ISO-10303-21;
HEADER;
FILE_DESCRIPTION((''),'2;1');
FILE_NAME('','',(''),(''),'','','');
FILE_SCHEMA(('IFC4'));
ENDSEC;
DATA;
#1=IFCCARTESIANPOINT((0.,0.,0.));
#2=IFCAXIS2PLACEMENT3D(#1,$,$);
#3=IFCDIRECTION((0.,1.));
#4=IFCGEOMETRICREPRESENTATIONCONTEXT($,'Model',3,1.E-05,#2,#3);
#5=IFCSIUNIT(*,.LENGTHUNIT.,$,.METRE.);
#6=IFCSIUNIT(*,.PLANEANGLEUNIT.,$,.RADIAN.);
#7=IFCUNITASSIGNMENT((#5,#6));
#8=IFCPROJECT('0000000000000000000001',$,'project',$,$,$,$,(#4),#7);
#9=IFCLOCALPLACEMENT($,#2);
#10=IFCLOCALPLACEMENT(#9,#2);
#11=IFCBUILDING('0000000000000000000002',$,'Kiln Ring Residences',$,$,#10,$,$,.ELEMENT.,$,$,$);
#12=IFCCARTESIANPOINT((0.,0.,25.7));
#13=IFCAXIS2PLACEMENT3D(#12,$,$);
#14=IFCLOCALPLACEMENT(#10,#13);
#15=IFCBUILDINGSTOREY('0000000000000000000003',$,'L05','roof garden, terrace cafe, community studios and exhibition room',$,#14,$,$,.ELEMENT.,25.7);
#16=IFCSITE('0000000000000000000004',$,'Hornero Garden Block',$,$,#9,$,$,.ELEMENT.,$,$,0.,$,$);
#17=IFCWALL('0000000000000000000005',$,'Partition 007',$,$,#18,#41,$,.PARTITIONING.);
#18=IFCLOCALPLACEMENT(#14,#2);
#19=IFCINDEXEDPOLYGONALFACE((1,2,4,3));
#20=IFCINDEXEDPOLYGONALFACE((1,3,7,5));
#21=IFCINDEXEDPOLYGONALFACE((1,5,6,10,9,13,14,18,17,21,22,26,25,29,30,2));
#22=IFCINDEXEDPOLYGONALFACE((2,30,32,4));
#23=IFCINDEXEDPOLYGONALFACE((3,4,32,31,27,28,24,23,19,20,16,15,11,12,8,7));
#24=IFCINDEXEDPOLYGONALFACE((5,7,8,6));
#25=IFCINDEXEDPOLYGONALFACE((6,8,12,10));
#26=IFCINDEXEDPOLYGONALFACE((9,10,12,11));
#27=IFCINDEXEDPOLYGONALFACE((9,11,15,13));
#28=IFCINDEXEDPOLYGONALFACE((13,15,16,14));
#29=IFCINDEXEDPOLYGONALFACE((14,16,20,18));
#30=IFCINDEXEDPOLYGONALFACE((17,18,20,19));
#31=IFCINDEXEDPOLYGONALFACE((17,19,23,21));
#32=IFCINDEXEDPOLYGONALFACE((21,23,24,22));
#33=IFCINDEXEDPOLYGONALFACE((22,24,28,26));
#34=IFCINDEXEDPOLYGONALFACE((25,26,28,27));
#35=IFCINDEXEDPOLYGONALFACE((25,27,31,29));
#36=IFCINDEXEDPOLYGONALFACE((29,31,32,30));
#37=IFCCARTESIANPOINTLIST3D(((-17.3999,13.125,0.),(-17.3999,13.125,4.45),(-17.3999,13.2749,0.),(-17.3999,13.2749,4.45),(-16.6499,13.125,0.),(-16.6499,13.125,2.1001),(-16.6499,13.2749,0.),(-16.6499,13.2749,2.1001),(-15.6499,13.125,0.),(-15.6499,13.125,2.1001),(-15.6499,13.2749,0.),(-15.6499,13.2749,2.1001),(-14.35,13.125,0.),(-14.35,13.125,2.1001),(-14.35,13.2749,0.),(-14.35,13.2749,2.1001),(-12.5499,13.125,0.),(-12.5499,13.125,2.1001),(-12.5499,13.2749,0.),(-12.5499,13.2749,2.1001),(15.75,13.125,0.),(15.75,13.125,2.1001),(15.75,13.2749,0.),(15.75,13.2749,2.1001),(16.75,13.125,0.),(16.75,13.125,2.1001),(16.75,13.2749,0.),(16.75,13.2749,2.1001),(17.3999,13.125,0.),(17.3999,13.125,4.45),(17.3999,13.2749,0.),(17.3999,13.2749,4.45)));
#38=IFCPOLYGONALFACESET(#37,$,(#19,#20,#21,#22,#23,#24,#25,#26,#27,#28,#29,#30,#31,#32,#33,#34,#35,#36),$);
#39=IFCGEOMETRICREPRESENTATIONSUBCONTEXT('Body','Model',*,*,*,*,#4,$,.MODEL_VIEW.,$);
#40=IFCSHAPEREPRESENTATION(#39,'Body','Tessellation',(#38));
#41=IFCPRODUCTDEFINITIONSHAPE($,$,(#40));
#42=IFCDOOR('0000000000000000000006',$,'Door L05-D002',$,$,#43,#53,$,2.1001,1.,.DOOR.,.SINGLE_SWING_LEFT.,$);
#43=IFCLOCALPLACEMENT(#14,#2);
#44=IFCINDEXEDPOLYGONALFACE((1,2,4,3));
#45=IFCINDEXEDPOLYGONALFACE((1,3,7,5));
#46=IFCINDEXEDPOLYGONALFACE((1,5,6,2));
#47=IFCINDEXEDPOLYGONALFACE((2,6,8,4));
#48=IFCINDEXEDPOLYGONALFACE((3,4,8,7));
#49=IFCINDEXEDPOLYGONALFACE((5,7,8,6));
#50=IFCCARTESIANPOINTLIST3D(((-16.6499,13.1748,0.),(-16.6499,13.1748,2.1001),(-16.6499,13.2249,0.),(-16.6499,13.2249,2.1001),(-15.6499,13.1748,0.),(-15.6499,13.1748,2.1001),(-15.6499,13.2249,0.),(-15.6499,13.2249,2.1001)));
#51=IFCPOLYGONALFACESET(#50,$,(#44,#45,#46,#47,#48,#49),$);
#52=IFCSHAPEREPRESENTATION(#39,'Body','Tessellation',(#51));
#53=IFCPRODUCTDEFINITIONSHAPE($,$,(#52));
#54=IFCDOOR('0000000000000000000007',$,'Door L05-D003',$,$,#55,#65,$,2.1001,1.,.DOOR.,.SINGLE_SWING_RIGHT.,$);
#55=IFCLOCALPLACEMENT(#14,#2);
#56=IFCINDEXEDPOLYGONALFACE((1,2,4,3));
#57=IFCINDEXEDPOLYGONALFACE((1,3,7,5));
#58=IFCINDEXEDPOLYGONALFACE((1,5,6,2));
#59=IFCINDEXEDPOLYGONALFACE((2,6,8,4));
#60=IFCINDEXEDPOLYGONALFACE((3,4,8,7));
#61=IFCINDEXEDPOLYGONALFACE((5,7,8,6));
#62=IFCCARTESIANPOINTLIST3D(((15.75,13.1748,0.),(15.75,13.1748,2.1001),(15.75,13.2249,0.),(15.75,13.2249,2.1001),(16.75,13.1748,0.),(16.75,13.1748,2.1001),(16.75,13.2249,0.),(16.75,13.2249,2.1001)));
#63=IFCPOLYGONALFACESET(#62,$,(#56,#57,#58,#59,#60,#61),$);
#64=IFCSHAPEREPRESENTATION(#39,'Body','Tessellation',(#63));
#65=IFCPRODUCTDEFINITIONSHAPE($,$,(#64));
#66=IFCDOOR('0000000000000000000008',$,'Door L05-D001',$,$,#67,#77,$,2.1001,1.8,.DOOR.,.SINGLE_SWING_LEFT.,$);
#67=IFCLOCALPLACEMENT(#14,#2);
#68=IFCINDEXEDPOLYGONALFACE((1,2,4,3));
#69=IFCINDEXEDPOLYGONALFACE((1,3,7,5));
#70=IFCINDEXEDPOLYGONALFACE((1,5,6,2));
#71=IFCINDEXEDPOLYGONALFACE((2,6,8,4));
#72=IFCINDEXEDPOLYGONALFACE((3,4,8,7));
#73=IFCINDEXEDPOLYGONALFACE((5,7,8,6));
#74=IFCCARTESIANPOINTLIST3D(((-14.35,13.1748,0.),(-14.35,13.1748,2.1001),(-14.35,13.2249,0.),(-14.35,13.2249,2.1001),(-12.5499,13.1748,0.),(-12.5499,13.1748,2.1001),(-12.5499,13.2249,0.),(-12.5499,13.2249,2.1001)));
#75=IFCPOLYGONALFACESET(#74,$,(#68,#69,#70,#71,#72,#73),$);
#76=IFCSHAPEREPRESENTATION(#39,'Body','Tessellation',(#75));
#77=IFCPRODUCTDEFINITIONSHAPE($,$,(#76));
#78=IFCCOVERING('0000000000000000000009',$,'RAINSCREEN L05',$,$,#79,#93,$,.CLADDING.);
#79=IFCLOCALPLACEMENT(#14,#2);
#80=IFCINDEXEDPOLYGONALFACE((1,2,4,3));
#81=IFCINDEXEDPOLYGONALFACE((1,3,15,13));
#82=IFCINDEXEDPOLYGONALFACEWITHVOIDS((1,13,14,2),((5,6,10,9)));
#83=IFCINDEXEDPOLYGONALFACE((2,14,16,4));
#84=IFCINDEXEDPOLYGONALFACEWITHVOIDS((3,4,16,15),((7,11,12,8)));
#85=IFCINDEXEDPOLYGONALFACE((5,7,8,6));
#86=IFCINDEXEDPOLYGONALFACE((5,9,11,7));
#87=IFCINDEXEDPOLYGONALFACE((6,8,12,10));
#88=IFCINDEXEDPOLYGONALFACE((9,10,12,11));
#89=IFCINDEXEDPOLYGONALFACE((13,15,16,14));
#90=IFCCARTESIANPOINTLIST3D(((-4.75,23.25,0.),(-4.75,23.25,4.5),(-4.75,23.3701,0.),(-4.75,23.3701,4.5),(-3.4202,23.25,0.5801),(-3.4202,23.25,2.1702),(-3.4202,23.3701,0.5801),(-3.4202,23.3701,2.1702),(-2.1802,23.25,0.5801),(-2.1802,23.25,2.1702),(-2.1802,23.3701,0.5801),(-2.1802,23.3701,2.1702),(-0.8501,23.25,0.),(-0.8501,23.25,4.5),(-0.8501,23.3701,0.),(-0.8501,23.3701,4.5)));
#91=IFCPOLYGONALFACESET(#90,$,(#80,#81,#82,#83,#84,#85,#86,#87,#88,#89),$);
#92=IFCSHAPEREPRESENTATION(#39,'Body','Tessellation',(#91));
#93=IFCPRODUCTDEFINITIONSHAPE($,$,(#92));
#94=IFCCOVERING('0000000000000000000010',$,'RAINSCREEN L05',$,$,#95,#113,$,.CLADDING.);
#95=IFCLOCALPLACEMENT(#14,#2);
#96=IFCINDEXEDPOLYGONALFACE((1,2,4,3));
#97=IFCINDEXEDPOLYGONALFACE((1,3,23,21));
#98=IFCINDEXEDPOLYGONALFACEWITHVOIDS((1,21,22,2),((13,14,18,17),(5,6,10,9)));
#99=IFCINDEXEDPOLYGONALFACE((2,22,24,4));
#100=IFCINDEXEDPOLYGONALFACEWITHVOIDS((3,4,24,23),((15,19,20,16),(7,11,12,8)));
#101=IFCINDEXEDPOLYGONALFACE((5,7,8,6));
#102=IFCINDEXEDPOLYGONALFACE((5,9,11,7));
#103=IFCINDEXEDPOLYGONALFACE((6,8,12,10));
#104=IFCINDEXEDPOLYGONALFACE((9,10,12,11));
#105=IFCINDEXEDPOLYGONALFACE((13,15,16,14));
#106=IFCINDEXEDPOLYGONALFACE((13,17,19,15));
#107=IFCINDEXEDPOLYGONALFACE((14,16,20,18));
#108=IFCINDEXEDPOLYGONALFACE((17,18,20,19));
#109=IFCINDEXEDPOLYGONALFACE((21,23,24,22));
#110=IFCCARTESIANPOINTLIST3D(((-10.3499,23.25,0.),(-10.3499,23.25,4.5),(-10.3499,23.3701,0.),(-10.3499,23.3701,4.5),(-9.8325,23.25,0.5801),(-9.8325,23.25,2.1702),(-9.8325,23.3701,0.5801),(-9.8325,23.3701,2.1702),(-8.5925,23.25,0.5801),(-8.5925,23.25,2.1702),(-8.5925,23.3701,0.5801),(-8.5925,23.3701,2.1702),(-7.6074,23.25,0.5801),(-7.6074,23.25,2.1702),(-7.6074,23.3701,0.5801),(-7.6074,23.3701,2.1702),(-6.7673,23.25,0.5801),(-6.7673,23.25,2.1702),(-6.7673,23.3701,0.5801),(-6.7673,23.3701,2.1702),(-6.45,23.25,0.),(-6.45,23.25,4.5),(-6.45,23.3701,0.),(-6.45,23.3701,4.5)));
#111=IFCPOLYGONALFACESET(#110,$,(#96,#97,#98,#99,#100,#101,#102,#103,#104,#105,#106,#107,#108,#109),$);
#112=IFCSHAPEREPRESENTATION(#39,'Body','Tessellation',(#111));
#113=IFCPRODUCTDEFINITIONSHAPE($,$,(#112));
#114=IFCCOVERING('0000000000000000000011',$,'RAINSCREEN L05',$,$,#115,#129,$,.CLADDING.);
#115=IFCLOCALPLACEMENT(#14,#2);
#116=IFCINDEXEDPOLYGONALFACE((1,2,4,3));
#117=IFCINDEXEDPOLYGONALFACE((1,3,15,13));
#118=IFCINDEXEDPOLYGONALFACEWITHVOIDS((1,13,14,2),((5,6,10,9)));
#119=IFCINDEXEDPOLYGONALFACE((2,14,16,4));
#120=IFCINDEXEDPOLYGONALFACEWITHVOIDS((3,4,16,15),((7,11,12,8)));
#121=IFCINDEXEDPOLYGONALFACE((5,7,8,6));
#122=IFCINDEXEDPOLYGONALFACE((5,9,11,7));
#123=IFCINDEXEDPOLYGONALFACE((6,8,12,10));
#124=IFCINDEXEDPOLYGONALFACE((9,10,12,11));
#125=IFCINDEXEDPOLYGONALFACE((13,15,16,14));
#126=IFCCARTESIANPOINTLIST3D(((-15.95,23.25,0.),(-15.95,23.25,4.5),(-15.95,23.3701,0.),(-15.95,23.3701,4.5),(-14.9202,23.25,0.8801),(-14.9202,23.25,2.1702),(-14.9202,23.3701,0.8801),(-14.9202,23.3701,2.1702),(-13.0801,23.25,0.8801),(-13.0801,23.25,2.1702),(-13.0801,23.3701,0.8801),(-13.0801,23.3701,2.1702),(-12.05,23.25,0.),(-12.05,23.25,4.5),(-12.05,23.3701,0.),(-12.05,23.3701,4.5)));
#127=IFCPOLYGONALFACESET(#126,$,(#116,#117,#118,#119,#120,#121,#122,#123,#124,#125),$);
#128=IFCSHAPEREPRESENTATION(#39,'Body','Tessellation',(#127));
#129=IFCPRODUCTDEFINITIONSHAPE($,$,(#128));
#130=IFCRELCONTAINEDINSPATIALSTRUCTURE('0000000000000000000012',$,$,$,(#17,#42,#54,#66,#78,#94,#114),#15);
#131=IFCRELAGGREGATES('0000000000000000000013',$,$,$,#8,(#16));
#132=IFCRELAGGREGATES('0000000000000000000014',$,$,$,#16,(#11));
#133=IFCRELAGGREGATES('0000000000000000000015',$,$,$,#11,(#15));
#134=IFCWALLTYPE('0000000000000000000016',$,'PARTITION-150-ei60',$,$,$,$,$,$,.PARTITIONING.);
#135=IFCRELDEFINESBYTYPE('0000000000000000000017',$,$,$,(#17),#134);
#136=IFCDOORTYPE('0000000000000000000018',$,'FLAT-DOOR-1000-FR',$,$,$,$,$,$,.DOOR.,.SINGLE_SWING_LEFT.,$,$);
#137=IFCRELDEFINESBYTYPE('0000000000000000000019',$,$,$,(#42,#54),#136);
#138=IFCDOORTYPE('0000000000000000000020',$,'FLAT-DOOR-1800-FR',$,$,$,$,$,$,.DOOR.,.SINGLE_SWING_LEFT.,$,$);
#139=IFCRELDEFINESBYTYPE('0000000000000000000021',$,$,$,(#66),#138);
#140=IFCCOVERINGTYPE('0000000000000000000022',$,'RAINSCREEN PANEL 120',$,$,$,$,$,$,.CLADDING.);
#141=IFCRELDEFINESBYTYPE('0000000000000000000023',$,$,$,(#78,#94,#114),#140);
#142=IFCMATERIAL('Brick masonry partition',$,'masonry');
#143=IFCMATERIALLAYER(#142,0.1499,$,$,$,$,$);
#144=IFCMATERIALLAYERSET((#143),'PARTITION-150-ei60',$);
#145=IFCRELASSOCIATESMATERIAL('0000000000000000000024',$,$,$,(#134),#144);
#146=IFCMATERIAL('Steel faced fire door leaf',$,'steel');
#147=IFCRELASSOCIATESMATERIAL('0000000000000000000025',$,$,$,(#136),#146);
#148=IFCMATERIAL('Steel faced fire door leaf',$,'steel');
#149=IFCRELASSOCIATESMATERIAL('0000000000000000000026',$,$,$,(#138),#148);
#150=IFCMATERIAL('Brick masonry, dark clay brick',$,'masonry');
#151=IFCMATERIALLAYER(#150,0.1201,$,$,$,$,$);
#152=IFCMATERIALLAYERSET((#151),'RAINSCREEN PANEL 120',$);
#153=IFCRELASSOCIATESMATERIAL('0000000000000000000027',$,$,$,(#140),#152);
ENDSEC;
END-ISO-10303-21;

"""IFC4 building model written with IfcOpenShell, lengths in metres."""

from ifc_helpers import new_model, si_unit, direction, frame, frame_2d, origin, place, context, subcontext, project, spatial, polyline, rectangle, outline, extrude, material, layer, layer_set, type_object, element, fill, save


model = new_model("IFC4")

# Units and contexts
model_context = context("Model", 3, precision=1e-05, world=origin(), true_north=direction((0.0, 1.0)))
body_context = subcontext(model_context, "Body", "Model", "MODEL_VIEW")
ifc_project = project(units=[si_unit("LENGTHUNIT", "METRE"), si_unit("PLANEANGLEUNIT", "RADIAN")], contexts=[model_context])

# Site, building, storey
site_placement = place(None, origin())
site = spatial("IfcSite", under=ifc_project, at=site_placement, Name="Hornero Garden Block", CompositionType="ELEMENT", RefElevation=0.0)
building_placement = place(site_placement, origin())
building = spatial("IfcBuilding", under=site, at=building_placement, Name="Kiln Ring Residences", CompositionType="ELEMENT")
storey_placement = place(building_placement, frame((0.0, 0.0, 25.7)))
storey = spatial("IfcBuildingStorey", under=building, at=storey_placement, Name="L05", Description="roof garden, terrace cafe, community studios and exhibition room", CompositionType="ELEMENT", Elevation=25.7)

# Wall, openings, doors
ifc_material_1 = material(Name="Brick masonry partition", Category="masonry")
ifc_layer_1 = layer(ifc_material_1, 0.1499)
ifc_layer_set_1 = layer_set([ifc_layer_1], Name="PARTITION-150-ei60")
wall_type_1 = type_object("IfcWallType", Name="PARTITION-150-ei60", PredefinedType="PARTITIONING", material=ifc_layer_set_1)
wall_1_placement = place(storey_placement, frame((-17.3999, 13.2, 0.0), z_axis=(0.0, 0.0, 1.0), x_axis=(1.0, 0.0, 0.0)))
wall_1 = element("IfcWall", 1, at=wall_1_placement, inside=storey, type_object=wall_type_1, Name="Partition 007", PredefinedType="PARTITIONING", context=body_context, shape_type="SweptSolid", body=[
    extrude(rectangle(XDim=34.7998, YDim=0.1499, at=frame_2d((17.3999, 0.0))), origin(), (0.0, 0.0, 1.0), 4.45),
])
opening_1_placement = place(wall_1_placement, frame((3.05, 0.0, 0.0)))
opening_1 = element("IfcOpeningElement", 2, at=opening_1_placement, cuts=wall_1, PredefinedType="OPENING", context=body_context, shape_type="SweptSolid", body=[
    extrude(rectangle(XDim=1.8, YDim=2.1001, at=frame_2d((0.8999, 1.05))), frame((0.0, 0.085, 0.0), z_axis=(0.0, -1.0, 0.0), x_axis=(1.0, 0.0, 0.0)), (0.0, 0.0, 1.0), 0.1699),
])
opening_2_placement = place(wall_1_placement, frame((0.75, 0.0, 0.0)))
opening_2 = element("IfcOpeningElement", 3, at=opening_2_placement, cuts=wall_1, PredefinedType="OPENING", context=body_context, shape_type="SweptSolid", body=[
    extrude(rectangle(XDim=1.0, YDim=2.1001, at=frame_2d((0.5, 1.05))), frame((0.0, 0.085, 0.0), z_axis=(0.0, -1.0, 0.0), x_axis=(1.0, 0.0, 0.0)), (0.0, 0.0, 1.0), 0.1699),
])
opening_3_placement = place(wall_1_placement, frame((33.1499, 0.0, 0.0)))
opening_3 = element("IfcOpeningElement", 4, at=opening_3_placement, cuts=wall_1, PredefinedType="OPENING", context=body_context, shape_type="SweptSolid", body=[
    extrude(rectangle(XDim=1.0, YDim=2.1001, at=frame_2d((0.5, 1.05))), frame((0.0, 0.085, 0.0), z_axis=(0.0, -1.0, 0.0), x_axis=(1.0, 0.0, 0.0)), (0.0, 0.0, 1.0), 0.1699),
])
ifc_material_2 = material(Name="Steel faced fire door leaf", Category="steel")
door_type_1 = type_object("IfcDoorType", Name="FLAT-DOOR-1000-FR", OperationType="SINGLE_SWING_LEFT", PredefinedType="DOOR", material=ifc_material_2)
door_1_placement = place(opening_2_placement, origin())
door_1 = element("IfcDoor", 5, at=door_1_placement, inside=storey, type_object=door_type_1, Name="Door L05-D002", OperationType="SINGLE_SWING_LEFT", OverallHeight=2.1001, OverallWidth=1.0, PredefinedType="DOOR", context=body_context, shape_type="SweptSolid", body=[
    extrude(rectangle(XDim=1.0, YDim=2.1001, at=frame_2d((0.5, 1.05))), frame((0.0, 0.0249, 0.0), z_axis=(0.0, -1.0, 0.0), x_axis=(1.0, 0.0, 0.0)), (0.0, 0.0, 1.0), 0.05),
])
fill(opening_2, door_1)
door_2_placement = place(opening_3_placement, origin())
door_2 = element("IfcDoor", 6, at=door_2_placement, inside=storey, type_object=door_type_1, Name="Door L05-D003", OperationType="SINGLE_SWING_RIGHT", OverallHeight=2.1001, OverallWidth=1.0, PredefinedType="DOOR", context=body_context, shape_type="SweptSolid", body=[
    extrude(rectangle(XDim=1.0, YDim=2.1001, at=frame_2d((0.5, 1.05))), frame((0.0, 0.0249, 0.0), z_axis=(0.0, -1.0, 0.0), x_axis=(1.0, 0.0, 0.0)), (0.0, 0.0, 1.0), 0.05),
])
fill(opening_3, door_2)
ifc_material_3 = material(Name="Steel faced fire door leaf", Category="steel")
door_type_2 = type_object("IfcDoorType", Name="FLAT-DOOR-1800-FR", OperationType="SINGLE_SWING_LEFT", PredefinedType="DOOR", material=ifc_material_3)
door_3_placement = place(opening_1_placement, origin())
door_3 = element("IfcDoor", 7, at=door_3_placement, inside=storey, type_object=door_type_2, Name="Door L05-D001", OperationType="SINGLE_SWING_LEFT", OverallHeight=2.1001, OverallWidth=1.8, PredefinedType="DOOR", context=body_context, shape_type="SweptSolid", body=[
    extrude(rectangle(XDim=1.8, YDim=2.1001, at=frame_2d((0.8999, 1.05))), frame((0.0, 0.0249, 0.0), z_axis=(0.0, -1.0, 0.0), x_axis=(1.0, 0.0, 0.0)), (0.0, 0.0, 1.0), 0.05),
])
fill(opening_1, door_3)

# Coverings
ifc_material_4 = material(Name="Brick masonry, dark clay brick", Category="masonry")
ifc_layer_2 = layer(ifc_material_4, 0.1201)
ifc_layer_set_2 = layer_set([ifc_layer_2], Name="RAINSCREEN PANEL 120")
covering_type = type_object("IfcCoveringType", Name="RAINSCREEN PANEL 120", PredefinedType="CLADDING", material=ifc_layer_set_2)
covering_1_placement = place(storey_placement, frame((-0.8501, 23.3101, 0.0), z_axis=(0.0, 0.0, 1.0), x_axis=(-1.0, 0.0, 0.0)))
element("IfcCovering", 8, at=covering_1_placement, inside=storey, type_object=covering_type, Name="RAINSCREEN L05", PredefinedType="CLADDING", context=body_context, shape_type="SweptSolid", body=[
    extrude(outline(polyline([(0.0, 0.0), (3.8999, 0.0), (3.8999, 4.5), (0.0, 4.5), (0.0, 0.0)]), holes=[polyline([(1.3301, 2.1702), (1.3301, 0.5801), (2.5701, 0.5801), (2.5701, 2.1702), (1.3301, 2.1702)])]), frame((0.0, 0.0601, 0.0), z_axis=(0.0, -1.0, 0.0), x_axis=(1.0, 0.0, 0.0)), (0.0, 0.0, 1.0), 0.1201),
])
covering_2_placement = place(storey_placement, frame((-6.45, 23.3101, 0.0), z_axis=(0.0, 0.0, 1.0), x_axis=(-1.0, 0.0, 0.0)))
element("IfcCovering", 9, at=covering_2_placement, inside=storey, type_object=covering_type, Name="RAINSCREEN L05", PredefinedType="CLADDING", context=body_context, shape_type="SweptSolid", body=[
    extrude(outline(polyline([(0.0, 0.0), (3.8999, 0.0), (3.8999, 4.5), (0.0, 4.5), (0.0, 0.0)]), holes=[polyline([(1.1575, 2.1702), (0.3174, 2.1702), (0.3174, 0.5801), (1.1575, 0.5801), (1.1575, 2.1702)]), polyline([(3.3826, 2.1702), (2.1426, 2.1702), (2.1426, 0.5801), (3.3826, 0.5801), (3.3826, 2.1702)])]), frame((0.0, 0.0601, 0.0), z_axis=(0.0, -1.0, 0.0), x_axis=(1.0, 0.0, 0.0)), (0.0, 0.0, 1.0), 0.1201),
])
covering_3_placement = place(storey_placement, frame((-12.05, 23.3101, 0.0), z_axis=(0.0, 0.0, 1.0), x_axis=(-1.0, 0.0, 0.0)))
element("IfcCovering", 10, at=covering_3_placement, inside=storey, type_object=covering_type, Name="RAINSCREEN L05", PredefinedType="CLADDING", context=body_context, shape_type="SweptSolid", body=[
    extrude(outline(polyline([(0.0, 0.0), (3.8999, 0.0), (3.8999, 4.5), (0.0, 4.5), (0.0, 0.0)]), holes=[polyline([(1.03, 2.1702), (1.03, 0.8801), (2.8701, 0.8801), (2.8701, 2.1702), (1.03, 2.1702)])]), frame((0.0, 0.0601, 0.0), z_axis=(0.0, -1.0, 0.0), x_axis=(1.0, 0.0, 0.0)), (0.0, 0.0, 1.0), 0.1201),
])

save(model, "model.ifc")
